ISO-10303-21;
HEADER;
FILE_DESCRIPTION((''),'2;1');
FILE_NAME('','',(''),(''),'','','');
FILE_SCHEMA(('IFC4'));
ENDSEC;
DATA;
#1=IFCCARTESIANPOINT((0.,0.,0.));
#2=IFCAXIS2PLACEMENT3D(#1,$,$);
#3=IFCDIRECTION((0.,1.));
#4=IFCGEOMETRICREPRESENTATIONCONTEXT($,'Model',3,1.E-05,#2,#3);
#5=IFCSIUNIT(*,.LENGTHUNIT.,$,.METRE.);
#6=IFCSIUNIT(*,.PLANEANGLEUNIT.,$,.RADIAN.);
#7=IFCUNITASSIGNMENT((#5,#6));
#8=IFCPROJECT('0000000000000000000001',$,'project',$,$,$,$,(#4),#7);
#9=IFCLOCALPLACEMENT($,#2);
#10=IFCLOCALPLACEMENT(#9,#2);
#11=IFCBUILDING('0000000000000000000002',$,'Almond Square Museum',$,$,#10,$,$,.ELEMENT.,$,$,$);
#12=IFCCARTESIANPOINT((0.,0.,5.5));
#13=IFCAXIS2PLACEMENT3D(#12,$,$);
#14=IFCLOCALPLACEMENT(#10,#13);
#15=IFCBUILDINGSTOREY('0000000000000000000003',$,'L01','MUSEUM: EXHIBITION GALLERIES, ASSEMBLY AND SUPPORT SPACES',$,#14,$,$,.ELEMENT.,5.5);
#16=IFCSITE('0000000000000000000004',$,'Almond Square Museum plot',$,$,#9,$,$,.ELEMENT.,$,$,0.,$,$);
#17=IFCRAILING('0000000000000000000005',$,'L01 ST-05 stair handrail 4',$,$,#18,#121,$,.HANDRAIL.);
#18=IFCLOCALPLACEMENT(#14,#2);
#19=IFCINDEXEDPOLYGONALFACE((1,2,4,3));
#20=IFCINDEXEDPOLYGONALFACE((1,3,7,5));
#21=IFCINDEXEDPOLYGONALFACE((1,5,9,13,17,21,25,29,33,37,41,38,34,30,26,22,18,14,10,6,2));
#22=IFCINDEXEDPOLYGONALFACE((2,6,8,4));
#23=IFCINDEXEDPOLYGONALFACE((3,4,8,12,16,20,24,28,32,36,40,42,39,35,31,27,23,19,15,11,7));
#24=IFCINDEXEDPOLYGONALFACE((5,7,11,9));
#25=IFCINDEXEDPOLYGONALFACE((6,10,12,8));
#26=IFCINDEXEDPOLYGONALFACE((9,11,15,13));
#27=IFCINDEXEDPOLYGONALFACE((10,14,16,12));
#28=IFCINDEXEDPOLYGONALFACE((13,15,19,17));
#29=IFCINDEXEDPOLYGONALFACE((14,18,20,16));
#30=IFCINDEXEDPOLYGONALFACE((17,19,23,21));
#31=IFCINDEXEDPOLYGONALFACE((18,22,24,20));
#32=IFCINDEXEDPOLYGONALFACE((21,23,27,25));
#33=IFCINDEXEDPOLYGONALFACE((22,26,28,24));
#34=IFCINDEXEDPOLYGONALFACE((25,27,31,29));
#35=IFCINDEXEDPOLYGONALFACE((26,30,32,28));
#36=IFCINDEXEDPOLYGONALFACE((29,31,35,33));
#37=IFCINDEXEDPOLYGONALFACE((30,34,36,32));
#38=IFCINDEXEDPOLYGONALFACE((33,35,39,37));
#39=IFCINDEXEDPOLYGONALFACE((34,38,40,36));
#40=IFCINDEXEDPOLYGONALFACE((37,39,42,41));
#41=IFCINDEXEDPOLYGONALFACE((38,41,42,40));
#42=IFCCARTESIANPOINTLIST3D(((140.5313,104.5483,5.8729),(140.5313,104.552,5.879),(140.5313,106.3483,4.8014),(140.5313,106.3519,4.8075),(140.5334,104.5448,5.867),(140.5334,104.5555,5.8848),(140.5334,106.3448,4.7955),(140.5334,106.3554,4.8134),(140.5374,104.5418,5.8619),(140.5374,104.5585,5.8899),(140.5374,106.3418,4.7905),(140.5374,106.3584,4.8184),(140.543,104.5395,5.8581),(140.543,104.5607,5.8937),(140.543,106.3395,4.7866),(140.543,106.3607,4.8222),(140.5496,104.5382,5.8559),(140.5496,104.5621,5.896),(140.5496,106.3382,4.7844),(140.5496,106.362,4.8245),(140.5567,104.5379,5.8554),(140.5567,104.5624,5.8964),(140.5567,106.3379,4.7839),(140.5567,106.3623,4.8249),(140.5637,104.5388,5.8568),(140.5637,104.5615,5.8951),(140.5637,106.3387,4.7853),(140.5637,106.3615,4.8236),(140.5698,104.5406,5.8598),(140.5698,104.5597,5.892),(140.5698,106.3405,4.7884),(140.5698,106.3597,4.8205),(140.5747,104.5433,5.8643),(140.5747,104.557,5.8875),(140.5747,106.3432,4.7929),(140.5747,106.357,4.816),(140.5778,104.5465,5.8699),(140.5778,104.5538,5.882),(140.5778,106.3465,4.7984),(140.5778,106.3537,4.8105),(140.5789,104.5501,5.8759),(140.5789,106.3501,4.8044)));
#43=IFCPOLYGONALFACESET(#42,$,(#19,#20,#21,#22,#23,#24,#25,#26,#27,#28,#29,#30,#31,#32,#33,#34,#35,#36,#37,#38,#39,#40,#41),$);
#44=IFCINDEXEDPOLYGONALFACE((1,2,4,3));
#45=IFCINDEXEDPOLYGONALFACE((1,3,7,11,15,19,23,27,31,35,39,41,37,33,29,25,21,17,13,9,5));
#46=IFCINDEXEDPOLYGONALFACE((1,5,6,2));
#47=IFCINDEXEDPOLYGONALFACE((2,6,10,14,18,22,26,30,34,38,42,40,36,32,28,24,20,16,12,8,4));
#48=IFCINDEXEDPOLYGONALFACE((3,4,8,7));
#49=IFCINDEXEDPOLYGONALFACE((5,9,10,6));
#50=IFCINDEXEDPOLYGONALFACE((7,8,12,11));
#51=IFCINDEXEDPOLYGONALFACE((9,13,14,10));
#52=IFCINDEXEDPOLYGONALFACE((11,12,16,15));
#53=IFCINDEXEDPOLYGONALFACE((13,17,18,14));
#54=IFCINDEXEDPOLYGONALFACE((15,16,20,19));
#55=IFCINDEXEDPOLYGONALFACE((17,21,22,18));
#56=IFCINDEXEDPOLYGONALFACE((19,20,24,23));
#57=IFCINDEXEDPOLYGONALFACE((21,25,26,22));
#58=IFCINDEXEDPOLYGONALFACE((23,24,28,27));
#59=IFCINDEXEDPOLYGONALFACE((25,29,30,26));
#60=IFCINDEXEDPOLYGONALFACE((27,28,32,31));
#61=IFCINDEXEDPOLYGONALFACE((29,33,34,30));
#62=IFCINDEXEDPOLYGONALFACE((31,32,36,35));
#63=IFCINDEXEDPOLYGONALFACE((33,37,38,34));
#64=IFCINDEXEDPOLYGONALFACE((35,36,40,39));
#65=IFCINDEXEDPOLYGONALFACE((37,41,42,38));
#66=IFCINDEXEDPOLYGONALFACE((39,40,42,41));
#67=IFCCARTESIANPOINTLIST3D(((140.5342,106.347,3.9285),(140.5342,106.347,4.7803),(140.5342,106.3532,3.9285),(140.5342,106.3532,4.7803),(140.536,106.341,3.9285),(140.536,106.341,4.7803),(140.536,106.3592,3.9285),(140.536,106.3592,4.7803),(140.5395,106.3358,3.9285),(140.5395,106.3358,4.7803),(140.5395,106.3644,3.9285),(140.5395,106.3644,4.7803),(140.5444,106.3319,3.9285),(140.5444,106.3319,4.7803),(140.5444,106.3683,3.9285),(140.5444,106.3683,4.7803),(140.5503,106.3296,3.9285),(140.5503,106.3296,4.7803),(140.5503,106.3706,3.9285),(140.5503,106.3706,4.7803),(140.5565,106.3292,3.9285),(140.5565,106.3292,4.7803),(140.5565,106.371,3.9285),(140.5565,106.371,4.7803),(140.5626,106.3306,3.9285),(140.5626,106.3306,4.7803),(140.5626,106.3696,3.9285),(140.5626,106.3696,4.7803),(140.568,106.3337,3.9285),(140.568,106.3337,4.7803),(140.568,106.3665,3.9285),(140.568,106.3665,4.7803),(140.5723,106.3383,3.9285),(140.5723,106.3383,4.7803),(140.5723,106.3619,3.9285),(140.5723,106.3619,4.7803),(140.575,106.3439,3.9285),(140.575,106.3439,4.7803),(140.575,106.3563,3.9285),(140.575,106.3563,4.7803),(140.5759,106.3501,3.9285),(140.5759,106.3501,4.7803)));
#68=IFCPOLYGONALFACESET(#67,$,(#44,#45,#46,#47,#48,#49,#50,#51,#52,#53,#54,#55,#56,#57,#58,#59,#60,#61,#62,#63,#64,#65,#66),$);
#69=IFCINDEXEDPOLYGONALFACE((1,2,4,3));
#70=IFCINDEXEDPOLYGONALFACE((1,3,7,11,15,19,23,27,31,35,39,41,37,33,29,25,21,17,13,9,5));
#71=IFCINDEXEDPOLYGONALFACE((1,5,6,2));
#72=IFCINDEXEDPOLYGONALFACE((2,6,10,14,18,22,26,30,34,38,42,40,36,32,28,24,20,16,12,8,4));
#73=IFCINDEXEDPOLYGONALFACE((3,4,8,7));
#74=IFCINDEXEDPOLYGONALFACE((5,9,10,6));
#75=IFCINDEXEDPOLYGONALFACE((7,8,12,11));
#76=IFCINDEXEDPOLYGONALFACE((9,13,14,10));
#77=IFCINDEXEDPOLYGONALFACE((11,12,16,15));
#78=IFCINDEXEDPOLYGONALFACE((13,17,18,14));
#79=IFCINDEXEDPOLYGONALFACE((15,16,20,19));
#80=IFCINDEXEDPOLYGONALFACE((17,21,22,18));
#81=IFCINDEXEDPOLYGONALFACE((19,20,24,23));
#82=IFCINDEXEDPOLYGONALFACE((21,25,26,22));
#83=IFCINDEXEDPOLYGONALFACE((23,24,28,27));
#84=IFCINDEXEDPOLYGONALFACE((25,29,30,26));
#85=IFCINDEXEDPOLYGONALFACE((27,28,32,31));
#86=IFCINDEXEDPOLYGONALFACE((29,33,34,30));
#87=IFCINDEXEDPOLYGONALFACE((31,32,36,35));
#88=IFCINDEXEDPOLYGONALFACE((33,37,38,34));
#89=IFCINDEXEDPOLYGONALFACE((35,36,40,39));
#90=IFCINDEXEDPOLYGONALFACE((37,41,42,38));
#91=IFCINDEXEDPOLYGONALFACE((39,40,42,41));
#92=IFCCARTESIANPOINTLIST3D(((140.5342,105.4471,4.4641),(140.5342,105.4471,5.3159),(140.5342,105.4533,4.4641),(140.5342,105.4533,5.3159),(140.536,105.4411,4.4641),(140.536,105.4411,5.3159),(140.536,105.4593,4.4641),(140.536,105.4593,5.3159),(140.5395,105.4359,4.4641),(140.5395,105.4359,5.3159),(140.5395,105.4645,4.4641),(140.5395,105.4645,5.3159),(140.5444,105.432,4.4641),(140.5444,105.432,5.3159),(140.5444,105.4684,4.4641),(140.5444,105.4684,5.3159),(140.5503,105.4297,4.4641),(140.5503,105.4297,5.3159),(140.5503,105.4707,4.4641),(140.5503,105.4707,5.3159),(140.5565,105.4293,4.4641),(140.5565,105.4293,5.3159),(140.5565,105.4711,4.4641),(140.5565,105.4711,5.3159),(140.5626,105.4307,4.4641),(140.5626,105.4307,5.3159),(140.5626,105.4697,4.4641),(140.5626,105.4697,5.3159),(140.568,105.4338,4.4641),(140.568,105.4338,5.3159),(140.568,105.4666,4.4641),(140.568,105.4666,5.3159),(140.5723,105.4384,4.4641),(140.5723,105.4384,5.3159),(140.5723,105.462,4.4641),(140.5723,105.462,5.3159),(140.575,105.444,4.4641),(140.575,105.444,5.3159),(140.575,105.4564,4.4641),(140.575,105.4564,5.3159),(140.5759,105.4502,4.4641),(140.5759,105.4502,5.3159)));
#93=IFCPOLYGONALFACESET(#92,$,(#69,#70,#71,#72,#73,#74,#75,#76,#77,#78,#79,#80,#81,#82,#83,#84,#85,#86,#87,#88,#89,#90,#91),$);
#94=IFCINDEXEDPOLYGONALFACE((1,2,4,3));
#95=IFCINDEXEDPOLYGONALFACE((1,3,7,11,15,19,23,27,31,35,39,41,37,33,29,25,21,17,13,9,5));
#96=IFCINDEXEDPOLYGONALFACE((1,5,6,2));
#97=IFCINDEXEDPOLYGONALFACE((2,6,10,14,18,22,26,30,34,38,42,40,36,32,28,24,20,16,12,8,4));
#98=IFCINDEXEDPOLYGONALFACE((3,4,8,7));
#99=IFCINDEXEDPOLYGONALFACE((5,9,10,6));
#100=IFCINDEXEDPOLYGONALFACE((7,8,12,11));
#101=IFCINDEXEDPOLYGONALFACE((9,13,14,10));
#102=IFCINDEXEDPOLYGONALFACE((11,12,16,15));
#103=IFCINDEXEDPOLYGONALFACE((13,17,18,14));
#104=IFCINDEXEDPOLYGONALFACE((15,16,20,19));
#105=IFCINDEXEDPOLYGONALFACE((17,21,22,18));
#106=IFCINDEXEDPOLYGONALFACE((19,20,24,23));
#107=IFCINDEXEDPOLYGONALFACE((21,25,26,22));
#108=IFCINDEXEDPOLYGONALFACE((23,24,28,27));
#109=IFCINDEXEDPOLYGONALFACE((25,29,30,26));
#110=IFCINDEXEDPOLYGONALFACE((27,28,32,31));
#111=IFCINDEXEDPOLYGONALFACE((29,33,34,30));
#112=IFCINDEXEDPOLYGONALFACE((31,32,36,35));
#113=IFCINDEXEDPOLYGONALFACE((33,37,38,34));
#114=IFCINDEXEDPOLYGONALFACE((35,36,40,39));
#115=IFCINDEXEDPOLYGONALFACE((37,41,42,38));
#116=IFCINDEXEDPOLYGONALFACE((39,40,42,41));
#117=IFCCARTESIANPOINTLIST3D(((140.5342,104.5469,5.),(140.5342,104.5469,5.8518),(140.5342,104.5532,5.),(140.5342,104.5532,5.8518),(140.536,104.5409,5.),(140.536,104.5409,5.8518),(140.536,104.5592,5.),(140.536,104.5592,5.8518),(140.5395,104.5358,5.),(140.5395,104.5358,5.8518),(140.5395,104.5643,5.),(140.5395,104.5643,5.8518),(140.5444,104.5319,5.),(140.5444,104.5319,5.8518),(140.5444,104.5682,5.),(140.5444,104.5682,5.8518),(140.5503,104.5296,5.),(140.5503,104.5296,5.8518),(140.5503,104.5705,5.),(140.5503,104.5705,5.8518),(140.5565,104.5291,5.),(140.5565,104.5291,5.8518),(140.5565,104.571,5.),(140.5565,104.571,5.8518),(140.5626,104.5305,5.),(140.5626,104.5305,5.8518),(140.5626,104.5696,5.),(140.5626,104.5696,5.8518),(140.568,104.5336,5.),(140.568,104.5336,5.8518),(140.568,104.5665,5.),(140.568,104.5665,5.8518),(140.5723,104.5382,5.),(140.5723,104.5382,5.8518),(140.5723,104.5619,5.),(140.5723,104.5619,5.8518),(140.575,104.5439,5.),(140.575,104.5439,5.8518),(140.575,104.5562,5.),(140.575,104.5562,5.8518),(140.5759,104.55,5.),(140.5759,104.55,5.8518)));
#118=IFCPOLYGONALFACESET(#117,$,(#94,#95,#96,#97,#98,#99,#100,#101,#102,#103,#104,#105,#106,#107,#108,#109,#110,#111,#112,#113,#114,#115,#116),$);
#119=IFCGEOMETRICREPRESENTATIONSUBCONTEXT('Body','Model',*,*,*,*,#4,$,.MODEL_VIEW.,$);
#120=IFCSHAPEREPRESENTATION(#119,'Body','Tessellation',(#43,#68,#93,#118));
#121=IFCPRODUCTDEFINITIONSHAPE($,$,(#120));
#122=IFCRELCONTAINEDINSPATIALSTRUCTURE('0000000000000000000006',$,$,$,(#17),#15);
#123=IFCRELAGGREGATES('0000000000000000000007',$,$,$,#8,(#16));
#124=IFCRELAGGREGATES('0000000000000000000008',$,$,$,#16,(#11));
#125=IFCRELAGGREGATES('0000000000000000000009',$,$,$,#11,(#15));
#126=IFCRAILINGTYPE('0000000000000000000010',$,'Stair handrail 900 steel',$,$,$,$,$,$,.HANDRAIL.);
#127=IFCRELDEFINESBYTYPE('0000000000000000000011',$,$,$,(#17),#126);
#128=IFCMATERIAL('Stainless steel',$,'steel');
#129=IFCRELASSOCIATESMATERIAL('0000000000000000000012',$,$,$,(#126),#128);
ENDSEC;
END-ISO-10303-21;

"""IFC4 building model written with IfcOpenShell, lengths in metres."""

from ifc_helpers import new_model, si_unit, direction, frame, origin, origin_2d, place, context, subcontext, project, spatial, circle, extrude, material, type_object, element, save


model = new_model("IFC4")

# Units and contexts
model_context = context("Model", 3, precision=1e-05, world=origin(), true_north=direction((0.0, 1.0)))
body_context = subcontext(model_context, "Body", "Model", "MODEL_VIEW")
ifc_project = project(units=[si_unit("LENGTHUNIT", "METRE"), si_unit("PLANEANGLEUNIT", "RADIAN")], contexts=[model_context])

# Site, building, storey
site_placement = place(None, origin())
site = spatial("IfcSite", under=ifc_project, at=site_placement, Name="Almond Square Museum plot", CompositionType="ELEMENT", RefElevation=0.0)
building_placement = place(site_placement, origin())
building = spatial("IfcBuilding", under=site, at=building_placement, Name="Almond Square Museum", CompositionType="ELEMENT")
storey_placement = place(building_placement, frame((0.0, 0.0, 5.5)))
storey = spatial("IfcBuildingStorey", under=building, at=storey_placement, Name="L01", Description="MUSEUM: EXHIBITION GALLERIES, ASSEMBLY AND SUPPORT SPACES", CompositionType="ELEMENT", Elevation=5.5)

# Railing
ifc_material_1 = material(Name="Stainless steel", Category="steel")
railing_type_1 = type_object("IfcRailingType", Name="Stair handrail 900 steel", PredefinedType="HANDRAIL", material=ifc_material_1)
railing_1_placement = place(storey_placement, frame((140.5549, 106.3501, 3.9285)))
element("IfcRailing", 1, at=railing_1_placement, inside=storey, type_object=railing_type_1, Name="L01 ST-05 stair handrail 4", PredefinedType="HANDRAIL", context=body_context, shape_type="SweptSolid", body=[
    extrude(circle(Radius=0.0239, at=origin_2d()), frame((0.0, 0.0, 0.876), z_axis=(0.0, -0.859277, 0.51151), x_axis=(1.0, 0.0, 0.0)), (0.0, 0.0, 1.0), 2.0947),
    extrude(circle(Radius=0.021, at=origin_2d()), origin(), (0.0, 0.0, 1.0), 0.8518),
    extrude(circle(Radius=0.021, at=origin_2d()), frame((0.0, -0.8999, 0.5356)), (0.0, 0.0, 1.0), 0.8518),
    extrude(circle(Radius=0.021, at=origin_2d()), frame((0.0, -1.8, 1.0715)), (0.0, 0.0, 1.0), 0.8518),
])

save(model, "model.ifc")
